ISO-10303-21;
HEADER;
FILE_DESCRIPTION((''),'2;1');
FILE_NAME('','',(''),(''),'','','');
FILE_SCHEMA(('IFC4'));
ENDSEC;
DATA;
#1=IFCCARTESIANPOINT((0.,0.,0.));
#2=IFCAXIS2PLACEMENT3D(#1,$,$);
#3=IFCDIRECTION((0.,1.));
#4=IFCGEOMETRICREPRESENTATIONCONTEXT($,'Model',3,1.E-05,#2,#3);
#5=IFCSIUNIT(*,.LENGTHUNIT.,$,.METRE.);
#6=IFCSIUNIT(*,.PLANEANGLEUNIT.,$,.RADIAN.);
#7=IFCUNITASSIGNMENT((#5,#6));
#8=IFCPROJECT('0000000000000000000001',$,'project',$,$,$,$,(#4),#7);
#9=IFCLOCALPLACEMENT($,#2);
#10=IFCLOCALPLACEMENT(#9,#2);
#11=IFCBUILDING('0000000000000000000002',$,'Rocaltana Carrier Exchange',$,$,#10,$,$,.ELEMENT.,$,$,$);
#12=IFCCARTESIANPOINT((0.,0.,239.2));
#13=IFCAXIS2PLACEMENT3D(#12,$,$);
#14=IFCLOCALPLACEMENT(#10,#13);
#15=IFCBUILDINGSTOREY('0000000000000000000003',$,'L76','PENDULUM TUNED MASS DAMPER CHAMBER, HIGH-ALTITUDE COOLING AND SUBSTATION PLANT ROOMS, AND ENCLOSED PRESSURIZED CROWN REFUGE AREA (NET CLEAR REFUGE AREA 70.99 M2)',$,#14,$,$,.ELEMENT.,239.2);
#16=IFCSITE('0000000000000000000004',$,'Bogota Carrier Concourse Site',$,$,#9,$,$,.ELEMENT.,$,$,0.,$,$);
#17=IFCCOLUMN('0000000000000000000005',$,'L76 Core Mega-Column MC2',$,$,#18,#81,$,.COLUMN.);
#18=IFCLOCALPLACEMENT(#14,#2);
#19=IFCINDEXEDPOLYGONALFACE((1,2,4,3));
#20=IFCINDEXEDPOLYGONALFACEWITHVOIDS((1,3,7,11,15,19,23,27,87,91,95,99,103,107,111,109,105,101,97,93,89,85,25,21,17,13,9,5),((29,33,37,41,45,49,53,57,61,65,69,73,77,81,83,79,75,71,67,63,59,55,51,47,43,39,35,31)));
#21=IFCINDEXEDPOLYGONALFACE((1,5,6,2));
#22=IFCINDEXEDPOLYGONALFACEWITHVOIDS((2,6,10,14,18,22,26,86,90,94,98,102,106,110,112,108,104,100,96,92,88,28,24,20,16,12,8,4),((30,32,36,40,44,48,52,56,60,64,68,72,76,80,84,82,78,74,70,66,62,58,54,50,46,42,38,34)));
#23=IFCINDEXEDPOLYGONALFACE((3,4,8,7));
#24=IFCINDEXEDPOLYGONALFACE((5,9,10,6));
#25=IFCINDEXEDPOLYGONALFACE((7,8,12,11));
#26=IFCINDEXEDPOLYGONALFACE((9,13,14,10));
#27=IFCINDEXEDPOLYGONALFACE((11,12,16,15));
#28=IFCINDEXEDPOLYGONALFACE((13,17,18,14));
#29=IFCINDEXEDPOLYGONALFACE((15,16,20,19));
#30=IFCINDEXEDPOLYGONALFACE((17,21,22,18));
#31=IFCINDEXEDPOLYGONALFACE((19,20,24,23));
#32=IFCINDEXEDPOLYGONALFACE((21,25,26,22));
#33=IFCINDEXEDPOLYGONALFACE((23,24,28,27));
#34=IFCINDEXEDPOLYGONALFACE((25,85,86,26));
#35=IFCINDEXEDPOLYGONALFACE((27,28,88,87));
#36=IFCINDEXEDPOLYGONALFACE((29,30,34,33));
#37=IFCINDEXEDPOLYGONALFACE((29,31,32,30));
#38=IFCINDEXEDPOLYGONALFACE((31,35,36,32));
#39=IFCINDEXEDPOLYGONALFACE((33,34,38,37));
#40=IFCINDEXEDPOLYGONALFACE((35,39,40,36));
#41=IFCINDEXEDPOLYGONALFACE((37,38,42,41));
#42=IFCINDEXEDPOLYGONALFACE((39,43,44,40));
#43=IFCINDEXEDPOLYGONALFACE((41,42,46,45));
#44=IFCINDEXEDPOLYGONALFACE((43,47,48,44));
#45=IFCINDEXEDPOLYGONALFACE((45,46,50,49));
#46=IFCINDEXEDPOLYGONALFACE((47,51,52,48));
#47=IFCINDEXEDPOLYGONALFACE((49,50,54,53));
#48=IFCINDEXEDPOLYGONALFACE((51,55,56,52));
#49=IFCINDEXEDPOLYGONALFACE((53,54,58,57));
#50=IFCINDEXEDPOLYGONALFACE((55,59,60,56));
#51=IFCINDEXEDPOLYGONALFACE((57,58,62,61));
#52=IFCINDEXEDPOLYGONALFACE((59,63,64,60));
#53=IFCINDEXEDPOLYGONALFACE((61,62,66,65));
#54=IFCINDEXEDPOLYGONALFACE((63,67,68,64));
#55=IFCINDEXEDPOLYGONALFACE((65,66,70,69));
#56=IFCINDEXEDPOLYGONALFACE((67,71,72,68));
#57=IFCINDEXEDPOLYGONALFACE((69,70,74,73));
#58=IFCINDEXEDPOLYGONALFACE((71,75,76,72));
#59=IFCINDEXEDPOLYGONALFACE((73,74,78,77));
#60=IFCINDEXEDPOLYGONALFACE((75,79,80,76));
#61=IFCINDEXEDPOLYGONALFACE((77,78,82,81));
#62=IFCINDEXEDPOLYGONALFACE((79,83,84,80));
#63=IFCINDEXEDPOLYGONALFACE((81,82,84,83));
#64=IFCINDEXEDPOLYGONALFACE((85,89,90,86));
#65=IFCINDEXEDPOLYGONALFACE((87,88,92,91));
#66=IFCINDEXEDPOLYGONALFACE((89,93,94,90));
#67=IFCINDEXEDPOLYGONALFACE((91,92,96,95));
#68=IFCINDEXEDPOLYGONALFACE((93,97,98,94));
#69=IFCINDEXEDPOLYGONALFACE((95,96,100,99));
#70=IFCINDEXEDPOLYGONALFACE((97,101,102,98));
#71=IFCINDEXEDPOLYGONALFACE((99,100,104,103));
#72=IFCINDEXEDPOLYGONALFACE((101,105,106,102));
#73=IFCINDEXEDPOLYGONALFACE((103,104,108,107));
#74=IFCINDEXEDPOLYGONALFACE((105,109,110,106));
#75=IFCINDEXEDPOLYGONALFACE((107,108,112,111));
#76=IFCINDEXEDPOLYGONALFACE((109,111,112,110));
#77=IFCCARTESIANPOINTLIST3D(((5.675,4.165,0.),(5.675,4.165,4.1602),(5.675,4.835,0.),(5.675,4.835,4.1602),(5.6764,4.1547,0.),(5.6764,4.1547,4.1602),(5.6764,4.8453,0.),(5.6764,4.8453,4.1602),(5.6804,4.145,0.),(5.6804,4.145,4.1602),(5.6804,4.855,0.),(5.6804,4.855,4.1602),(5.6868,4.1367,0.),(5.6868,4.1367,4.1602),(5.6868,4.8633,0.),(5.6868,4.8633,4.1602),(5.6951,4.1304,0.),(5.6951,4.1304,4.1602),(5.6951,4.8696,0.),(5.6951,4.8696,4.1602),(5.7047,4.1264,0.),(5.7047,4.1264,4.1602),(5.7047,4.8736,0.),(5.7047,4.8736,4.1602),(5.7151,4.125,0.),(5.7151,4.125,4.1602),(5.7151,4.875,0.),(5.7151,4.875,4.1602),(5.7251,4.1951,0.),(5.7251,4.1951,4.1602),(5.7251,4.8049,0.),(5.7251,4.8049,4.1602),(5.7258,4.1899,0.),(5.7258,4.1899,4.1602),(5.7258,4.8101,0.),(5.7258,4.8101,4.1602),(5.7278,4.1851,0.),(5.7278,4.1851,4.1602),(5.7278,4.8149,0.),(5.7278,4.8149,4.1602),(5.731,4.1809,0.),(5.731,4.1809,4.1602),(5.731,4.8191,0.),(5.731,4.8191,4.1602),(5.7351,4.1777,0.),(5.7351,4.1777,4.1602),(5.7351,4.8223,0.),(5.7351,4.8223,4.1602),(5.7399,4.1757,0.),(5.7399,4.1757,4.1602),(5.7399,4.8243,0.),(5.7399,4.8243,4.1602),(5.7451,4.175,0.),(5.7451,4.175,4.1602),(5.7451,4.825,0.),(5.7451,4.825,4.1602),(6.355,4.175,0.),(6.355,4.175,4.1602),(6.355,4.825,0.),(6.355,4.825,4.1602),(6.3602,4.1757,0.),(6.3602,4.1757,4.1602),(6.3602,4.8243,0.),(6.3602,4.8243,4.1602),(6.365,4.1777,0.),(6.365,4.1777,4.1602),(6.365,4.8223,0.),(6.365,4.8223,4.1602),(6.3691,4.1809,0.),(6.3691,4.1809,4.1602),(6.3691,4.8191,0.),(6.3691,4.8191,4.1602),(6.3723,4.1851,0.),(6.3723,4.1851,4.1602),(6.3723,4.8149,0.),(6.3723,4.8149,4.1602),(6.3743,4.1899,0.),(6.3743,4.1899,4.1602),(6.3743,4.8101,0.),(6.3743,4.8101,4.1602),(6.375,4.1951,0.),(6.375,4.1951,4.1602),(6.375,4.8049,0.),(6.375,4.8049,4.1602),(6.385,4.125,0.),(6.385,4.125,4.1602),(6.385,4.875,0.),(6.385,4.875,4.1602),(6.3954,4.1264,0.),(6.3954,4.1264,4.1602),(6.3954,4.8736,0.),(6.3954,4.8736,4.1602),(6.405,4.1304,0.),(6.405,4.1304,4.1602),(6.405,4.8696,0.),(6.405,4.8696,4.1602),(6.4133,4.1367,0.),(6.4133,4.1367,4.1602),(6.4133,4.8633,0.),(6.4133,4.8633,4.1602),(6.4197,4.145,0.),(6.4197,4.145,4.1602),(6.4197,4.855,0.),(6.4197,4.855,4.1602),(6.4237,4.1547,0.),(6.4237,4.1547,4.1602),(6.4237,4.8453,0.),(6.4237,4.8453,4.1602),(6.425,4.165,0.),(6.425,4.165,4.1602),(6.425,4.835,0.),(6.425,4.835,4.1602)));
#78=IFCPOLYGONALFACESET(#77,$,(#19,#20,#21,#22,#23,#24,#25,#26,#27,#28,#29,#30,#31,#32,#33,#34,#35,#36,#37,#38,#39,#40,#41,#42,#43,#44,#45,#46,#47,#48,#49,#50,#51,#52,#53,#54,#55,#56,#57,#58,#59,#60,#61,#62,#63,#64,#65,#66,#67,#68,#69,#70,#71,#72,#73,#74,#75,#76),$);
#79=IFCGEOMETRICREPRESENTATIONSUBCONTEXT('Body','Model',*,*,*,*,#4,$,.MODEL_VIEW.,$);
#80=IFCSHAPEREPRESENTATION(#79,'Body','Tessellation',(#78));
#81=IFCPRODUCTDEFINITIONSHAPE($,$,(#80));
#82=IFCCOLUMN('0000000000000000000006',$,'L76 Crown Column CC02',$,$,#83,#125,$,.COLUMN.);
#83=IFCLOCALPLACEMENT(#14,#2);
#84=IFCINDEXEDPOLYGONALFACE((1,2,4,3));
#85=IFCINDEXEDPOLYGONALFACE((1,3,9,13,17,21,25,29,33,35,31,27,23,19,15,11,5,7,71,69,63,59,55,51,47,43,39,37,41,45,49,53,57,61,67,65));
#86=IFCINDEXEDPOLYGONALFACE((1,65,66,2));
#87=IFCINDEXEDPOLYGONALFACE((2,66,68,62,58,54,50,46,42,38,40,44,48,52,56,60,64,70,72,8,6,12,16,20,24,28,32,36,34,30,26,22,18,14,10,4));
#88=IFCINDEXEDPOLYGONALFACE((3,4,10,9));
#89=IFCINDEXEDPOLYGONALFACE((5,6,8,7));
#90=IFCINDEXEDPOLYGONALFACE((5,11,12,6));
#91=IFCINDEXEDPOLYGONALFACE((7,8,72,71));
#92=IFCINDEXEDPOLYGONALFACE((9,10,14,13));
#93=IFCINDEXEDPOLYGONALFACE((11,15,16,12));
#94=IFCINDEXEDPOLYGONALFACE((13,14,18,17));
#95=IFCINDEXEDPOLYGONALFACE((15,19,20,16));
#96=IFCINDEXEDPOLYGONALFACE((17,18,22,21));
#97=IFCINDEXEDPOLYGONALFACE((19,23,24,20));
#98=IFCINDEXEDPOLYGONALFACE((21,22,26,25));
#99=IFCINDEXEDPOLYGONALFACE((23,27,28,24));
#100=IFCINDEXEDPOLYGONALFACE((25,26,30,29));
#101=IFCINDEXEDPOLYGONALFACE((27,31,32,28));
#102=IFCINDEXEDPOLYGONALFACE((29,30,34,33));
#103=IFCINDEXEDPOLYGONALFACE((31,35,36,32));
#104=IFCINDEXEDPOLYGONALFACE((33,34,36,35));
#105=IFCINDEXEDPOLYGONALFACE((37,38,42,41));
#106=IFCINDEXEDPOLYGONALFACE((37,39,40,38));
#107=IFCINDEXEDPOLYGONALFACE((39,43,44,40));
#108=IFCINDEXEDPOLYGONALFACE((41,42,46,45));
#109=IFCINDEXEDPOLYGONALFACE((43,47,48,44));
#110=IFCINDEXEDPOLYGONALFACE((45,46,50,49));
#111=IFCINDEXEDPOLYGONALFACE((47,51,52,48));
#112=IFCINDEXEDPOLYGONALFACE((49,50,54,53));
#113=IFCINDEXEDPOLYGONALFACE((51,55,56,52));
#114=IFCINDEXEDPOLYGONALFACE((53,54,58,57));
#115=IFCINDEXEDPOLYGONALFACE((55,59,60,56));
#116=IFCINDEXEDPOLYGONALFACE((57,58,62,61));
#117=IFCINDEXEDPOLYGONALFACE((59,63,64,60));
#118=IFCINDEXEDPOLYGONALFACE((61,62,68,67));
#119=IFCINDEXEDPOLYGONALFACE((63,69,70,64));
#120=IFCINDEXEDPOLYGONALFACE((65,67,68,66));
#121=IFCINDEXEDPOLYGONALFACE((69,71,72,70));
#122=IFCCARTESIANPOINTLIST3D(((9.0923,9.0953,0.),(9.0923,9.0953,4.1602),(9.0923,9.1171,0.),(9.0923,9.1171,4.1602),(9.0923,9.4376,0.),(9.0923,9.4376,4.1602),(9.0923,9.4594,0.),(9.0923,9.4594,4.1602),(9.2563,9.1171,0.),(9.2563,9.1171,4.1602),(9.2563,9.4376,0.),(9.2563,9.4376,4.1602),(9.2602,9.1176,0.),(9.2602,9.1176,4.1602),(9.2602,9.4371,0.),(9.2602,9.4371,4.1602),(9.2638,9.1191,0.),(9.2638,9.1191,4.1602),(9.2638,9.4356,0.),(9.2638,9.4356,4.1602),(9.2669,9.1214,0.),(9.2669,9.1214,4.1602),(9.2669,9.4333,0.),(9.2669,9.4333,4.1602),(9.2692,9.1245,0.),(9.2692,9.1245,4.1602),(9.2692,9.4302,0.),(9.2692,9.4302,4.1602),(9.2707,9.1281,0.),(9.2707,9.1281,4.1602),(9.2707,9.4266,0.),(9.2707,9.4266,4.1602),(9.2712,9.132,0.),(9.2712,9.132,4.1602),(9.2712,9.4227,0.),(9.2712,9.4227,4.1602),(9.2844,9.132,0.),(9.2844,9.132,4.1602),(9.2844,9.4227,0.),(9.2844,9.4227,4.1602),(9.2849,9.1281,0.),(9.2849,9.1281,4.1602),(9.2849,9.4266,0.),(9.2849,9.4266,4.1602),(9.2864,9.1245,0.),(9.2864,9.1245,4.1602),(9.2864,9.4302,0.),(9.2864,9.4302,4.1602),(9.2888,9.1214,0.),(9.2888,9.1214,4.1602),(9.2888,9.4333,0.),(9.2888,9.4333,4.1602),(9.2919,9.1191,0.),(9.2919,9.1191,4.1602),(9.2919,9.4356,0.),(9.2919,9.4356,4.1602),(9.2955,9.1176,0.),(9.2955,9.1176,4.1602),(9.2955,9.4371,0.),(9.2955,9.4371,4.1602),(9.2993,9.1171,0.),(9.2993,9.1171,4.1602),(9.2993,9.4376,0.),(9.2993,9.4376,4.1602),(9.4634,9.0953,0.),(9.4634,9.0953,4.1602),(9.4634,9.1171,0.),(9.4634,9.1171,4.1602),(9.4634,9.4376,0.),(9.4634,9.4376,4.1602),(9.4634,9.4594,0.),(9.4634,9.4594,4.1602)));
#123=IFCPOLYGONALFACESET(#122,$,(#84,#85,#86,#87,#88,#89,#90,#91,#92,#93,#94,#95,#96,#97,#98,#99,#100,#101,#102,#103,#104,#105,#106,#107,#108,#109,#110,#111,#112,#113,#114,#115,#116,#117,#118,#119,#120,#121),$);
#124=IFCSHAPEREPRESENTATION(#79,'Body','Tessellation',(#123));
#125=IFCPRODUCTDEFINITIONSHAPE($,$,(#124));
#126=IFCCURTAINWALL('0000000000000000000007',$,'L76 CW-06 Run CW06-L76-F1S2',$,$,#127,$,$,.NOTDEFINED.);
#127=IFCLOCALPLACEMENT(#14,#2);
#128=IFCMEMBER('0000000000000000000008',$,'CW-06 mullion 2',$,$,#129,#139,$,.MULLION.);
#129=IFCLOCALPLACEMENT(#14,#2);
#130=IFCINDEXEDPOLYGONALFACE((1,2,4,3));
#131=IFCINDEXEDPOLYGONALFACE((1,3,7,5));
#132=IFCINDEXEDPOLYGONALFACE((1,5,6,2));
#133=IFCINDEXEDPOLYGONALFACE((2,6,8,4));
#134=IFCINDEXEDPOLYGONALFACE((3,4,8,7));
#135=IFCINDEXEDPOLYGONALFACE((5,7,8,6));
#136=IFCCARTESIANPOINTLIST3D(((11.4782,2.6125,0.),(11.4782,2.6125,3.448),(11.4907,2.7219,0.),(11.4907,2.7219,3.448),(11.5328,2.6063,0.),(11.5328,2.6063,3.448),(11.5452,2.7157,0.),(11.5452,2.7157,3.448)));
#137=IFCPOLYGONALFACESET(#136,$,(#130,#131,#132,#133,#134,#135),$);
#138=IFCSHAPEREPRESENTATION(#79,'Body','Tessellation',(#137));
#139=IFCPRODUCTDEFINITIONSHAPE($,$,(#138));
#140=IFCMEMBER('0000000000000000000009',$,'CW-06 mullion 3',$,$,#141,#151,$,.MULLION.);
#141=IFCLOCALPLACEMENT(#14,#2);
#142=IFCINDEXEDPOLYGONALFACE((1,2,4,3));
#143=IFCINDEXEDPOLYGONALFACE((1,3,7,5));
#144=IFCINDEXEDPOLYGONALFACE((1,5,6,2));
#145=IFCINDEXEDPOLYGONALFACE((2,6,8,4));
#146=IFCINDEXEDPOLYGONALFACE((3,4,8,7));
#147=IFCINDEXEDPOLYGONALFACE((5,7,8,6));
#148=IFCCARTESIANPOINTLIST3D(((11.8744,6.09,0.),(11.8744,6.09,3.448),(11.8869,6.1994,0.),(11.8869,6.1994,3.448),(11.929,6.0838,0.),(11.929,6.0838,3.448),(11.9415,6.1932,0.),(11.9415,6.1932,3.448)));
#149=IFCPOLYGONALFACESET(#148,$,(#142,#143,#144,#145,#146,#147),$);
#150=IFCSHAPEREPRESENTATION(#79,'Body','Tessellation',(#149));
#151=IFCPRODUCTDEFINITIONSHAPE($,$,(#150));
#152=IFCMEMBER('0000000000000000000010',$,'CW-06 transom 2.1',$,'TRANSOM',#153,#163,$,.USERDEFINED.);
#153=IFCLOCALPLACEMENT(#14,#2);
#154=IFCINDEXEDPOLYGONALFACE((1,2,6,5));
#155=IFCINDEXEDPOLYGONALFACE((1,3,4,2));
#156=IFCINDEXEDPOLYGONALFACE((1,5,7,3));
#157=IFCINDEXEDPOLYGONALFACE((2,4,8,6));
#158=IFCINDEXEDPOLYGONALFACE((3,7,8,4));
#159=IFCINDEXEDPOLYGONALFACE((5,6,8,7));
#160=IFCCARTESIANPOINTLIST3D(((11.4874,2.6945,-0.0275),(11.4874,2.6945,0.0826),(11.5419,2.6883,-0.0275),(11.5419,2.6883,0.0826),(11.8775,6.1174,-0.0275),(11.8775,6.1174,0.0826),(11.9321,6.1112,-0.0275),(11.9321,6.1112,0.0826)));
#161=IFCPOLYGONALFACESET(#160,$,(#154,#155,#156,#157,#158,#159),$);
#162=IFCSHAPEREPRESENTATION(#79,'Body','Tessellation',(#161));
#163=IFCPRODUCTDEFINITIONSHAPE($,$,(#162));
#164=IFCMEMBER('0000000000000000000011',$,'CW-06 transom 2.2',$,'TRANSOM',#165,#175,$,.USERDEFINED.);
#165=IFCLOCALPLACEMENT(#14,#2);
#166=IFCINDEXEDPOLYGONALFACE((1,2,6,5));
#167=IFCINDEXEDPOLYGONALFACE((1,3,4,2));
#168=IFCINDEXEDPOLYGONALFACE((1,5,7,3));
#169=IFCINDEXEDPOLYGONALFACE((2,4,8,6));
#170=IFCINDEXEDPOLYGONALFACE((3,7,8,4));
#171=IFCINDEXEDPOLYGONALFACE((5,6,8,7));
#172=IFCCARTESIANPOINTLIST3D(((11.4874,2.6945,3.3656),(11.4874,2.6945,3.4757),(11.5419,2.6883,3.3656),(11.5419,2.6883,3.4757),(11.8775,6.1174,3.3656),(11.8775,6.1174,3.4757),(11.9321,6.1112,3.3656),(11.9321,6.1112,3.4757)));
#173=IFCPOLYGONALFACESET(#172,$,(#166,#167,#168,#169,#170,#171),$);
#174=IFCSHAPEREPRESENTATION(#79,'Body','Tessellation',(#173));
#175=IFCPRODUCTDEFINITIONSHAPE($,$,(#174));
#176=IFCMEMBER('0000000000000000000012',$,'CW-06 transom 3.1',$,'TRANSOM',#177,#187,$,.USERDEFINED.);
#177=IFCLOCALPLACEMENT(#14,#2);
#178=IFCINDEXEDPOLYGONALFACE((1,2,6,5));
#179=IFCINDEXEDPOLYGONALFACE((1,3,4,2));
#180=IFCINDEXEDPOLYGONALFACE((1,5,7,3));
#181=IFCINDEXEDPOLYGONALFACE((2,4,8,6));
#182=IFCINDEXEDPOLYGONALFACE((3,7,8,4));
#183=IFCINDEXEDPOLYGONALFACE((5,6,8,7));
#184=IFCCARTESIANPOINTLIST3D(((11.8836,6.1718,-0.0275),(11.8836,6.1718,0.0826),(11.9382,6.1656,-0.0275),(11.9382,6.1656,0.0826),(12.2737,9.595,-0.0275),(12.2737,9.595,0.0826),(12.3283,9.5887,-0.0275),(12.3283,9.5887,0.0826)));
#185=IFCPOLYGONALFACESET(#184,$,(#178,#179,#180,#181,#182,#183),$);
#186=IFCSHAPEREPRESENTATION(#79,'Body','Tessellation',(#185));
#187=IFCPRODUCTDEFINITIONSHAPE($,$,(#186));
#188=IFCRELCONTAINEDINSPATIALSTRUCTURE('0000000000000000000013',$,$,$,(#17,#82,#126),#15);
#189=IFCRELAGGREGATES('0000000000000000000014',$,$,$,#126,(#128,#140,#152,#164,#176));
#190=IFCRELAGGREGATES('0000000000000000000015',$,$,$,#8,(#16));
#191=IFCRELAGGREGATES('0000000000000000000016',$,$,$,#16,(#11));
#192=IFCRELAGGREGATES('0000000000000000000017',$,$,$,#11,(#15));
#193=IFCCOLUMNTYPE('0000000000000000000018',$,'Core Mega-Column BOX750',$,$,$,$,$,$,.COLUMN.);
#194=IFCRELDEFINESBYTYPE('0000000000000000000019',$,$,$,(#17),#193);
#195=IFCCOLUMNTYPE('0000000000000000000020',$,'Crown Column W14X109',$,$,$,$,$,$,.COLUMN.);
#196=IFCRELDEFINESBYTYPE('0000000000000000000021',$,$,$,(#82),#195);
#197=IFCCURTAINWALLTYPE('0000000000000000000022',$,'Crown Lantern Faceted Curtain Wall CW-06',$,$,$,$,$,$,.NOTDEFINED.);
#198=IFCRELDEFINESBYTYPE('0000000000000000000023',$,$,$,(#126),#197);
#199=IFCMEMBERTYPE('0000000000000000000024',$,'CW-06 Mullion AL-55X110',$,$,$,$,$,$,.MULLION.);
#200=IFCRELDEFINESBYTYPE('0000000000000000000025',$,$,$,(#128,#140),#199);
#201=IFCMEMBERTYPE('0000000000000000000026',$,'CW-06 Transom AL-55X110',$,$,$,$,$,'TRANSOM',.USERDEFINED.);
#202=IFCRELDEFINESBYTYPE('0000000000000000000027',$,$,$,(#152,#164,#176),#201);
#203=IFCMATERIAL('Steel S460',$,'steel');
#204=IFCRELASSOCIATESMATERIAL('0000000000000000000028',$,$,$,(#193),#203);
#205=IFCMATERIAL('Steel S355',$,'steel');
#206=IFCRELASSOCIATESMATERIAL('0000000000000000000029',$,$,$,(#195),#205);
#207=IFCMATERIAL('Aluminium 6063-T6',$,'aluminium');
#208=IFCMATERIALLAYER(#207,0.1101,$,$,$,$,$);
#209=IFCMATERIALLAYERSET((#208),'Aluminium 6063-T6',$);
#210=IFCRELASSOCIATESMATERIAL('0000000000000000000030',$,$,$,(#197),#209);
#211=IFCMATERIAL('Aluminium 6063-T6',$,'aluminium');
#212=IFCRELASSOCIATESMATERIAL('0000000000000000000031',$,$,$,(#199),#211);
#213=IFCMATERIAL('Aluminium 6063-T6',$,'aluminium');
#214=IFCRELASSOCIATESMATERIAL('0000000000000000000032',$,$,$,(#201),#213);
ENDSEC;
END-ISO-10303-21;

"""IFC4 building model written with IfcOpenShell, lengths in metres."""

from ifc_helpers import new_model, si_unit, direction, frame, origin, origin_2d, place, context, subcontext, project, spatial, rectangle, hollow_rectangle, i_section, extrude, material, layer, layer_set, material_profile, profile_set, type_object, element, aggregate, save


model = new_model("IFC4")

# Units and contexts
model_context = context("Model", 3, precision=1e-05, world=origin(), true_north=direction((0.0, 1.0)))
body_context = subcontext(model_context, "Body", "Model", "MODEL_VIEW")
ifc_project = project(units=[si_unit("LENGTHUNIT", "METRE"), si_unit("PLANEANGLEUNIT", "RADIAN")], contexts=[model_context])

# Site, building, storey
site_placement = place(None, origin())
site = spatial("IfcSite", under=ifc_project, at=site_placement, Name="Bogota Carrier Concourse Site", CompositionType="ELEMENT", RefElevation=0.0)
building_placement = place(site_placement, origin())
building = spatial("IfcBuilding", under=site, at=building_placement, Name="Rocaltana Carrier Exchange", CompositionType="ELEMENT")
storey_placement = place(building_placement, frame((0.0, 0.0, 239.2)))
storey = spatial("IfcBuildingStorey", under=building, at=storey_placement, Name="L76", Description="PENDULUM TUNED MASS DAMPER CHAMBER, HIGH-ALTITUDE COOLING AND SUBSTATION PLANT ROOMS, AND ENCLOSED PRESSURIZED CROWN REFUGE AREA (NET CLEAR REFUGE AREA 70.99 M2)", CompositionType="ELEMENT", Elevation=239.2)

# Columns
ifc_material_1 = material(Name="Steel S460", Category="steel")
ifc_material_profile_1 = material_profile(ifc_material_1, hollow_rectangle(XDim=0.75, YDim=0.75, WallThickness=0.05, InnerFilletRadius=0.02, OuterFilletRadius=0.04, at=origin_2d()), Name="BOX750X750X50")
ifc_profile_set_1 = profile_set([ifc_material_profile_1], Name="Steel S460")
column_type_1 = type_object("IfcColumnType", Name="Core Mega-Column BOX750", PredefinedType="COLUMN", material=ifc_profile_set_1)
column_1_placement = place(storey_placement, frame((6.05, 4.5, 0.0), z_axis=(0.0, 0.0, 1.0), x_axis=(1.0, 0.0, 0.0)))
element("IfcColumn", 1, at=column_1_placement, inside=storey, type_object=column_type_1, Name="L76 Core Mega-Column MC2", PredefinedType="COLUMN", context=body_context, shape_type="SweptSolid", body=[
    extrude(hollow_rectangle(XDim=0.75, YDim=0.75, WallThickness=0.05, InnerFilletRadius=0.02, OuterFilletRadius=0.04, at=origin_2d()), origin(), (0.0, 0.0, 1.0), 4.1602),
])
ifc_material_2 = material(Name="Steel S355", Category="steel")
ifc_material_profile_2 = material_profile(ifc_material_2, i_section(OverallWidth=0.3711, OverallDepth=0.364, WebThickness=0.0132, FlangeThickness=0.0217, FilletRadius=0.0149, at=origin_2d()), Name="W14X109")
ifc_profile_set_2 = profile_set([ifc_material_profile_2], Name="Steel S355")
column_type_2 = type_object("IfcColumnType", Name="Crown Column W14X109", PredefinedType="COLUMN", material=ifc_profile_set_2)
column_2_placement = place(storey_placement, frame((9.2778, 9.2773, 0.0), z_axis=(0.0, 0.0, 1.0), x_axis=(1.0, 0.0, 0.0)))
element("IfcColumn", 2, at=column_2_placement, inside=storey, type_object=column_type_2, Name="L76 Crown Column CC02", PredefinedType="COLUMN", context=body_context, shape_type="SweptSolid", body=[
    extrude(i_section(OverallWidth=0.3711, OverallDepth=0.364, WebThickness=0.0132, FlangeThickness=0.0217, FilletRadius=0.0149, at=origin_2d()), origin(), (0.0, 0.0, 1.0), 4.1602),
])

# Curtain wall, members
ifc_material_3 = material(Name="Aluminium 6063-T6", Category="aluminium")
ifc_layer_1 = layer(ifc_material_3, 0.1101)
ifc_layer_set_1 = layer_set([ifc_layer_1], Name="Aluminium 6063-T6")
curtain_wall_type = type_object("IfcCurtainWallType", Name="Crown Lantern Faceted Curtain Wall CW-06", PredefinedType="NOTDEFINED", material=ifc_layer_set_1)
curtain_wall_placement = place(storey_placement, origin())
curtain_wall = element("IfcCurtainWall", 3, at=curtain_wall_placement, inside=storey, type_object=curtain_wall_type, Name="L76 CW-06 Run CW06-L76-F1S2", PredefinedType="NOTDEFINED")
ifc_material_4 = material(Name="Aluminium 6063-T6", Category="aluminium")
ifc_material_profile_3 = material_profile(ifc_material_4, rectangle(XDim=0.0549, YDim=0.1101, at=origin_2d()), Name="AL-55X110")
ifc_profile_set_3 = profile_set([ifc_material_profile_3], Name="Aluminium 6063-T6")
member_type_1 = type_object("IfcMemberType", Name="CW-06 Mullion AL-55X110", PredefinedType="MULLION", material=ifc_profile_set_3)
member_1_placement = place(storey_placement, frame((11.5117, 2.6641, 0.0), z_axis=(0.0, 0.0, 1.0), x_axis=(-0.993572, 0.113206, 0.0)))
member_1 = element("IfcMember", 4, at=member_1_placement, type_object=member_type_1, Name="CW-06 mullion 2", PredefinedType="MULLION", context=body_context, shape_type="SweptSolid", body=[
    extrude(rectangle(XDim=0.0549, YDim=0.1101, at=origin_2d()), origin(), (0.0, 0.0, 1.0), 3.448),
])
member_2_placement = place(storey_placement, frame((11.908, 6.1416, 0.0), z_axis=(0.0, 0.0, 1.0), x_axis=(-0.993572, 0.113206, 0.0)))
member_2 = element("IfcMember", 5, at=member_2_placement, type_object=member_type_1, Name="CW-06 mullion 3", PredefinedType="MULLION", context=body_context, shape_type="SweptSolid", body=[
    extrude(rectangle(XDim=0.0549, YDim=0.1101, at=origin_2d()), origin(), (0.0, 0.0, 1.0), 3.448),
])
ifc_material_5 = material(Name="Aluminium 6063-T6", Category="aluminium")
ifc_material_profile_4 = material_profile(ifc_material_5, rectangle(XDim=0.0549, YDim=0.1101, at=origin_2d()), Name="AL-55X110")
ifc_profile_set_4 = profile_set([ifc_material_profile_4], Name="Aluminium 6063-T6")
member_type_2 = type_object("IfcMemberType", Name="CW-06 Transom AL-55X110", ElementType="TRANSOM", PredefinedType="USERDEFINED", material=ifc_profile_set_4)
member_3_placement = place(storey_placement, frame((11.5146, 2.6914, 0.0276), z_axis=(0.113247, 0.993567, 0.0), x_axis=(-0.993567, 0.113247, 0.0)))
member_3 = element("IfcMember", 6, at=member_3_placement, type_object=member_type_2, Name="CW-06 transom 2.1", ObjectType="TRANSOM", PredefinedType="USERDEFINED", context=body_context, shape_type="SweptSolid", body=[
    extrude(rectangle(XDim=0.0549, YDim=0.1101, at=origin_2d()), origin(), (0.0, 0.0, 1.0), 3.4451),
])
member_4_placement = place(storey_placement, frame((11.5146, 2.6914, 3.4207), z_axis=(0.113247, 0.993567, 0.0), x_axis=(-0.993567, 0.113247, 0.0)))
member_4 = element("IfcMember", 7, at=member_4_placement, type_object=member_type_2, Name="CW-06 transom 2.2", ObjectType="TRANSOM", PredefinedType="USERDEFINED", context=body_context, shape_type="SweptSolid", body=[
    extrude(rectangle(XDim=0.0549, YDim=0.1101, at=origin_2d()), origin(), (0.0, 0.0, 1.0), 3.4451),
])
member_5_placement = place(storey_placement, frame((11.9109, 6.1687, 0.0276), z_axis=(0.113239, 0.993568, 0.0), x_axis=(-0.993568, 0.113239, 0.0)))
member_5 = element("IfcMember", 8, at=member_5_placement, type_object=member_type_2, Name="CW-06 transom 3.1", ObjectType="TRANSOM", PredefinedType="USERDEFINED", context=body_context, shape_type="SweptSolid", body=[
    extrude(rectangle(XDim=0.0549, YDim=0.1101, at=origin_2d()), origin(), (0.0, 0.0, 1.0), 3.4453),
])

aggregate(curtain_wall, [member_1, member_2, member_3, member_4, member_5])

save(model, "model.ifc")
